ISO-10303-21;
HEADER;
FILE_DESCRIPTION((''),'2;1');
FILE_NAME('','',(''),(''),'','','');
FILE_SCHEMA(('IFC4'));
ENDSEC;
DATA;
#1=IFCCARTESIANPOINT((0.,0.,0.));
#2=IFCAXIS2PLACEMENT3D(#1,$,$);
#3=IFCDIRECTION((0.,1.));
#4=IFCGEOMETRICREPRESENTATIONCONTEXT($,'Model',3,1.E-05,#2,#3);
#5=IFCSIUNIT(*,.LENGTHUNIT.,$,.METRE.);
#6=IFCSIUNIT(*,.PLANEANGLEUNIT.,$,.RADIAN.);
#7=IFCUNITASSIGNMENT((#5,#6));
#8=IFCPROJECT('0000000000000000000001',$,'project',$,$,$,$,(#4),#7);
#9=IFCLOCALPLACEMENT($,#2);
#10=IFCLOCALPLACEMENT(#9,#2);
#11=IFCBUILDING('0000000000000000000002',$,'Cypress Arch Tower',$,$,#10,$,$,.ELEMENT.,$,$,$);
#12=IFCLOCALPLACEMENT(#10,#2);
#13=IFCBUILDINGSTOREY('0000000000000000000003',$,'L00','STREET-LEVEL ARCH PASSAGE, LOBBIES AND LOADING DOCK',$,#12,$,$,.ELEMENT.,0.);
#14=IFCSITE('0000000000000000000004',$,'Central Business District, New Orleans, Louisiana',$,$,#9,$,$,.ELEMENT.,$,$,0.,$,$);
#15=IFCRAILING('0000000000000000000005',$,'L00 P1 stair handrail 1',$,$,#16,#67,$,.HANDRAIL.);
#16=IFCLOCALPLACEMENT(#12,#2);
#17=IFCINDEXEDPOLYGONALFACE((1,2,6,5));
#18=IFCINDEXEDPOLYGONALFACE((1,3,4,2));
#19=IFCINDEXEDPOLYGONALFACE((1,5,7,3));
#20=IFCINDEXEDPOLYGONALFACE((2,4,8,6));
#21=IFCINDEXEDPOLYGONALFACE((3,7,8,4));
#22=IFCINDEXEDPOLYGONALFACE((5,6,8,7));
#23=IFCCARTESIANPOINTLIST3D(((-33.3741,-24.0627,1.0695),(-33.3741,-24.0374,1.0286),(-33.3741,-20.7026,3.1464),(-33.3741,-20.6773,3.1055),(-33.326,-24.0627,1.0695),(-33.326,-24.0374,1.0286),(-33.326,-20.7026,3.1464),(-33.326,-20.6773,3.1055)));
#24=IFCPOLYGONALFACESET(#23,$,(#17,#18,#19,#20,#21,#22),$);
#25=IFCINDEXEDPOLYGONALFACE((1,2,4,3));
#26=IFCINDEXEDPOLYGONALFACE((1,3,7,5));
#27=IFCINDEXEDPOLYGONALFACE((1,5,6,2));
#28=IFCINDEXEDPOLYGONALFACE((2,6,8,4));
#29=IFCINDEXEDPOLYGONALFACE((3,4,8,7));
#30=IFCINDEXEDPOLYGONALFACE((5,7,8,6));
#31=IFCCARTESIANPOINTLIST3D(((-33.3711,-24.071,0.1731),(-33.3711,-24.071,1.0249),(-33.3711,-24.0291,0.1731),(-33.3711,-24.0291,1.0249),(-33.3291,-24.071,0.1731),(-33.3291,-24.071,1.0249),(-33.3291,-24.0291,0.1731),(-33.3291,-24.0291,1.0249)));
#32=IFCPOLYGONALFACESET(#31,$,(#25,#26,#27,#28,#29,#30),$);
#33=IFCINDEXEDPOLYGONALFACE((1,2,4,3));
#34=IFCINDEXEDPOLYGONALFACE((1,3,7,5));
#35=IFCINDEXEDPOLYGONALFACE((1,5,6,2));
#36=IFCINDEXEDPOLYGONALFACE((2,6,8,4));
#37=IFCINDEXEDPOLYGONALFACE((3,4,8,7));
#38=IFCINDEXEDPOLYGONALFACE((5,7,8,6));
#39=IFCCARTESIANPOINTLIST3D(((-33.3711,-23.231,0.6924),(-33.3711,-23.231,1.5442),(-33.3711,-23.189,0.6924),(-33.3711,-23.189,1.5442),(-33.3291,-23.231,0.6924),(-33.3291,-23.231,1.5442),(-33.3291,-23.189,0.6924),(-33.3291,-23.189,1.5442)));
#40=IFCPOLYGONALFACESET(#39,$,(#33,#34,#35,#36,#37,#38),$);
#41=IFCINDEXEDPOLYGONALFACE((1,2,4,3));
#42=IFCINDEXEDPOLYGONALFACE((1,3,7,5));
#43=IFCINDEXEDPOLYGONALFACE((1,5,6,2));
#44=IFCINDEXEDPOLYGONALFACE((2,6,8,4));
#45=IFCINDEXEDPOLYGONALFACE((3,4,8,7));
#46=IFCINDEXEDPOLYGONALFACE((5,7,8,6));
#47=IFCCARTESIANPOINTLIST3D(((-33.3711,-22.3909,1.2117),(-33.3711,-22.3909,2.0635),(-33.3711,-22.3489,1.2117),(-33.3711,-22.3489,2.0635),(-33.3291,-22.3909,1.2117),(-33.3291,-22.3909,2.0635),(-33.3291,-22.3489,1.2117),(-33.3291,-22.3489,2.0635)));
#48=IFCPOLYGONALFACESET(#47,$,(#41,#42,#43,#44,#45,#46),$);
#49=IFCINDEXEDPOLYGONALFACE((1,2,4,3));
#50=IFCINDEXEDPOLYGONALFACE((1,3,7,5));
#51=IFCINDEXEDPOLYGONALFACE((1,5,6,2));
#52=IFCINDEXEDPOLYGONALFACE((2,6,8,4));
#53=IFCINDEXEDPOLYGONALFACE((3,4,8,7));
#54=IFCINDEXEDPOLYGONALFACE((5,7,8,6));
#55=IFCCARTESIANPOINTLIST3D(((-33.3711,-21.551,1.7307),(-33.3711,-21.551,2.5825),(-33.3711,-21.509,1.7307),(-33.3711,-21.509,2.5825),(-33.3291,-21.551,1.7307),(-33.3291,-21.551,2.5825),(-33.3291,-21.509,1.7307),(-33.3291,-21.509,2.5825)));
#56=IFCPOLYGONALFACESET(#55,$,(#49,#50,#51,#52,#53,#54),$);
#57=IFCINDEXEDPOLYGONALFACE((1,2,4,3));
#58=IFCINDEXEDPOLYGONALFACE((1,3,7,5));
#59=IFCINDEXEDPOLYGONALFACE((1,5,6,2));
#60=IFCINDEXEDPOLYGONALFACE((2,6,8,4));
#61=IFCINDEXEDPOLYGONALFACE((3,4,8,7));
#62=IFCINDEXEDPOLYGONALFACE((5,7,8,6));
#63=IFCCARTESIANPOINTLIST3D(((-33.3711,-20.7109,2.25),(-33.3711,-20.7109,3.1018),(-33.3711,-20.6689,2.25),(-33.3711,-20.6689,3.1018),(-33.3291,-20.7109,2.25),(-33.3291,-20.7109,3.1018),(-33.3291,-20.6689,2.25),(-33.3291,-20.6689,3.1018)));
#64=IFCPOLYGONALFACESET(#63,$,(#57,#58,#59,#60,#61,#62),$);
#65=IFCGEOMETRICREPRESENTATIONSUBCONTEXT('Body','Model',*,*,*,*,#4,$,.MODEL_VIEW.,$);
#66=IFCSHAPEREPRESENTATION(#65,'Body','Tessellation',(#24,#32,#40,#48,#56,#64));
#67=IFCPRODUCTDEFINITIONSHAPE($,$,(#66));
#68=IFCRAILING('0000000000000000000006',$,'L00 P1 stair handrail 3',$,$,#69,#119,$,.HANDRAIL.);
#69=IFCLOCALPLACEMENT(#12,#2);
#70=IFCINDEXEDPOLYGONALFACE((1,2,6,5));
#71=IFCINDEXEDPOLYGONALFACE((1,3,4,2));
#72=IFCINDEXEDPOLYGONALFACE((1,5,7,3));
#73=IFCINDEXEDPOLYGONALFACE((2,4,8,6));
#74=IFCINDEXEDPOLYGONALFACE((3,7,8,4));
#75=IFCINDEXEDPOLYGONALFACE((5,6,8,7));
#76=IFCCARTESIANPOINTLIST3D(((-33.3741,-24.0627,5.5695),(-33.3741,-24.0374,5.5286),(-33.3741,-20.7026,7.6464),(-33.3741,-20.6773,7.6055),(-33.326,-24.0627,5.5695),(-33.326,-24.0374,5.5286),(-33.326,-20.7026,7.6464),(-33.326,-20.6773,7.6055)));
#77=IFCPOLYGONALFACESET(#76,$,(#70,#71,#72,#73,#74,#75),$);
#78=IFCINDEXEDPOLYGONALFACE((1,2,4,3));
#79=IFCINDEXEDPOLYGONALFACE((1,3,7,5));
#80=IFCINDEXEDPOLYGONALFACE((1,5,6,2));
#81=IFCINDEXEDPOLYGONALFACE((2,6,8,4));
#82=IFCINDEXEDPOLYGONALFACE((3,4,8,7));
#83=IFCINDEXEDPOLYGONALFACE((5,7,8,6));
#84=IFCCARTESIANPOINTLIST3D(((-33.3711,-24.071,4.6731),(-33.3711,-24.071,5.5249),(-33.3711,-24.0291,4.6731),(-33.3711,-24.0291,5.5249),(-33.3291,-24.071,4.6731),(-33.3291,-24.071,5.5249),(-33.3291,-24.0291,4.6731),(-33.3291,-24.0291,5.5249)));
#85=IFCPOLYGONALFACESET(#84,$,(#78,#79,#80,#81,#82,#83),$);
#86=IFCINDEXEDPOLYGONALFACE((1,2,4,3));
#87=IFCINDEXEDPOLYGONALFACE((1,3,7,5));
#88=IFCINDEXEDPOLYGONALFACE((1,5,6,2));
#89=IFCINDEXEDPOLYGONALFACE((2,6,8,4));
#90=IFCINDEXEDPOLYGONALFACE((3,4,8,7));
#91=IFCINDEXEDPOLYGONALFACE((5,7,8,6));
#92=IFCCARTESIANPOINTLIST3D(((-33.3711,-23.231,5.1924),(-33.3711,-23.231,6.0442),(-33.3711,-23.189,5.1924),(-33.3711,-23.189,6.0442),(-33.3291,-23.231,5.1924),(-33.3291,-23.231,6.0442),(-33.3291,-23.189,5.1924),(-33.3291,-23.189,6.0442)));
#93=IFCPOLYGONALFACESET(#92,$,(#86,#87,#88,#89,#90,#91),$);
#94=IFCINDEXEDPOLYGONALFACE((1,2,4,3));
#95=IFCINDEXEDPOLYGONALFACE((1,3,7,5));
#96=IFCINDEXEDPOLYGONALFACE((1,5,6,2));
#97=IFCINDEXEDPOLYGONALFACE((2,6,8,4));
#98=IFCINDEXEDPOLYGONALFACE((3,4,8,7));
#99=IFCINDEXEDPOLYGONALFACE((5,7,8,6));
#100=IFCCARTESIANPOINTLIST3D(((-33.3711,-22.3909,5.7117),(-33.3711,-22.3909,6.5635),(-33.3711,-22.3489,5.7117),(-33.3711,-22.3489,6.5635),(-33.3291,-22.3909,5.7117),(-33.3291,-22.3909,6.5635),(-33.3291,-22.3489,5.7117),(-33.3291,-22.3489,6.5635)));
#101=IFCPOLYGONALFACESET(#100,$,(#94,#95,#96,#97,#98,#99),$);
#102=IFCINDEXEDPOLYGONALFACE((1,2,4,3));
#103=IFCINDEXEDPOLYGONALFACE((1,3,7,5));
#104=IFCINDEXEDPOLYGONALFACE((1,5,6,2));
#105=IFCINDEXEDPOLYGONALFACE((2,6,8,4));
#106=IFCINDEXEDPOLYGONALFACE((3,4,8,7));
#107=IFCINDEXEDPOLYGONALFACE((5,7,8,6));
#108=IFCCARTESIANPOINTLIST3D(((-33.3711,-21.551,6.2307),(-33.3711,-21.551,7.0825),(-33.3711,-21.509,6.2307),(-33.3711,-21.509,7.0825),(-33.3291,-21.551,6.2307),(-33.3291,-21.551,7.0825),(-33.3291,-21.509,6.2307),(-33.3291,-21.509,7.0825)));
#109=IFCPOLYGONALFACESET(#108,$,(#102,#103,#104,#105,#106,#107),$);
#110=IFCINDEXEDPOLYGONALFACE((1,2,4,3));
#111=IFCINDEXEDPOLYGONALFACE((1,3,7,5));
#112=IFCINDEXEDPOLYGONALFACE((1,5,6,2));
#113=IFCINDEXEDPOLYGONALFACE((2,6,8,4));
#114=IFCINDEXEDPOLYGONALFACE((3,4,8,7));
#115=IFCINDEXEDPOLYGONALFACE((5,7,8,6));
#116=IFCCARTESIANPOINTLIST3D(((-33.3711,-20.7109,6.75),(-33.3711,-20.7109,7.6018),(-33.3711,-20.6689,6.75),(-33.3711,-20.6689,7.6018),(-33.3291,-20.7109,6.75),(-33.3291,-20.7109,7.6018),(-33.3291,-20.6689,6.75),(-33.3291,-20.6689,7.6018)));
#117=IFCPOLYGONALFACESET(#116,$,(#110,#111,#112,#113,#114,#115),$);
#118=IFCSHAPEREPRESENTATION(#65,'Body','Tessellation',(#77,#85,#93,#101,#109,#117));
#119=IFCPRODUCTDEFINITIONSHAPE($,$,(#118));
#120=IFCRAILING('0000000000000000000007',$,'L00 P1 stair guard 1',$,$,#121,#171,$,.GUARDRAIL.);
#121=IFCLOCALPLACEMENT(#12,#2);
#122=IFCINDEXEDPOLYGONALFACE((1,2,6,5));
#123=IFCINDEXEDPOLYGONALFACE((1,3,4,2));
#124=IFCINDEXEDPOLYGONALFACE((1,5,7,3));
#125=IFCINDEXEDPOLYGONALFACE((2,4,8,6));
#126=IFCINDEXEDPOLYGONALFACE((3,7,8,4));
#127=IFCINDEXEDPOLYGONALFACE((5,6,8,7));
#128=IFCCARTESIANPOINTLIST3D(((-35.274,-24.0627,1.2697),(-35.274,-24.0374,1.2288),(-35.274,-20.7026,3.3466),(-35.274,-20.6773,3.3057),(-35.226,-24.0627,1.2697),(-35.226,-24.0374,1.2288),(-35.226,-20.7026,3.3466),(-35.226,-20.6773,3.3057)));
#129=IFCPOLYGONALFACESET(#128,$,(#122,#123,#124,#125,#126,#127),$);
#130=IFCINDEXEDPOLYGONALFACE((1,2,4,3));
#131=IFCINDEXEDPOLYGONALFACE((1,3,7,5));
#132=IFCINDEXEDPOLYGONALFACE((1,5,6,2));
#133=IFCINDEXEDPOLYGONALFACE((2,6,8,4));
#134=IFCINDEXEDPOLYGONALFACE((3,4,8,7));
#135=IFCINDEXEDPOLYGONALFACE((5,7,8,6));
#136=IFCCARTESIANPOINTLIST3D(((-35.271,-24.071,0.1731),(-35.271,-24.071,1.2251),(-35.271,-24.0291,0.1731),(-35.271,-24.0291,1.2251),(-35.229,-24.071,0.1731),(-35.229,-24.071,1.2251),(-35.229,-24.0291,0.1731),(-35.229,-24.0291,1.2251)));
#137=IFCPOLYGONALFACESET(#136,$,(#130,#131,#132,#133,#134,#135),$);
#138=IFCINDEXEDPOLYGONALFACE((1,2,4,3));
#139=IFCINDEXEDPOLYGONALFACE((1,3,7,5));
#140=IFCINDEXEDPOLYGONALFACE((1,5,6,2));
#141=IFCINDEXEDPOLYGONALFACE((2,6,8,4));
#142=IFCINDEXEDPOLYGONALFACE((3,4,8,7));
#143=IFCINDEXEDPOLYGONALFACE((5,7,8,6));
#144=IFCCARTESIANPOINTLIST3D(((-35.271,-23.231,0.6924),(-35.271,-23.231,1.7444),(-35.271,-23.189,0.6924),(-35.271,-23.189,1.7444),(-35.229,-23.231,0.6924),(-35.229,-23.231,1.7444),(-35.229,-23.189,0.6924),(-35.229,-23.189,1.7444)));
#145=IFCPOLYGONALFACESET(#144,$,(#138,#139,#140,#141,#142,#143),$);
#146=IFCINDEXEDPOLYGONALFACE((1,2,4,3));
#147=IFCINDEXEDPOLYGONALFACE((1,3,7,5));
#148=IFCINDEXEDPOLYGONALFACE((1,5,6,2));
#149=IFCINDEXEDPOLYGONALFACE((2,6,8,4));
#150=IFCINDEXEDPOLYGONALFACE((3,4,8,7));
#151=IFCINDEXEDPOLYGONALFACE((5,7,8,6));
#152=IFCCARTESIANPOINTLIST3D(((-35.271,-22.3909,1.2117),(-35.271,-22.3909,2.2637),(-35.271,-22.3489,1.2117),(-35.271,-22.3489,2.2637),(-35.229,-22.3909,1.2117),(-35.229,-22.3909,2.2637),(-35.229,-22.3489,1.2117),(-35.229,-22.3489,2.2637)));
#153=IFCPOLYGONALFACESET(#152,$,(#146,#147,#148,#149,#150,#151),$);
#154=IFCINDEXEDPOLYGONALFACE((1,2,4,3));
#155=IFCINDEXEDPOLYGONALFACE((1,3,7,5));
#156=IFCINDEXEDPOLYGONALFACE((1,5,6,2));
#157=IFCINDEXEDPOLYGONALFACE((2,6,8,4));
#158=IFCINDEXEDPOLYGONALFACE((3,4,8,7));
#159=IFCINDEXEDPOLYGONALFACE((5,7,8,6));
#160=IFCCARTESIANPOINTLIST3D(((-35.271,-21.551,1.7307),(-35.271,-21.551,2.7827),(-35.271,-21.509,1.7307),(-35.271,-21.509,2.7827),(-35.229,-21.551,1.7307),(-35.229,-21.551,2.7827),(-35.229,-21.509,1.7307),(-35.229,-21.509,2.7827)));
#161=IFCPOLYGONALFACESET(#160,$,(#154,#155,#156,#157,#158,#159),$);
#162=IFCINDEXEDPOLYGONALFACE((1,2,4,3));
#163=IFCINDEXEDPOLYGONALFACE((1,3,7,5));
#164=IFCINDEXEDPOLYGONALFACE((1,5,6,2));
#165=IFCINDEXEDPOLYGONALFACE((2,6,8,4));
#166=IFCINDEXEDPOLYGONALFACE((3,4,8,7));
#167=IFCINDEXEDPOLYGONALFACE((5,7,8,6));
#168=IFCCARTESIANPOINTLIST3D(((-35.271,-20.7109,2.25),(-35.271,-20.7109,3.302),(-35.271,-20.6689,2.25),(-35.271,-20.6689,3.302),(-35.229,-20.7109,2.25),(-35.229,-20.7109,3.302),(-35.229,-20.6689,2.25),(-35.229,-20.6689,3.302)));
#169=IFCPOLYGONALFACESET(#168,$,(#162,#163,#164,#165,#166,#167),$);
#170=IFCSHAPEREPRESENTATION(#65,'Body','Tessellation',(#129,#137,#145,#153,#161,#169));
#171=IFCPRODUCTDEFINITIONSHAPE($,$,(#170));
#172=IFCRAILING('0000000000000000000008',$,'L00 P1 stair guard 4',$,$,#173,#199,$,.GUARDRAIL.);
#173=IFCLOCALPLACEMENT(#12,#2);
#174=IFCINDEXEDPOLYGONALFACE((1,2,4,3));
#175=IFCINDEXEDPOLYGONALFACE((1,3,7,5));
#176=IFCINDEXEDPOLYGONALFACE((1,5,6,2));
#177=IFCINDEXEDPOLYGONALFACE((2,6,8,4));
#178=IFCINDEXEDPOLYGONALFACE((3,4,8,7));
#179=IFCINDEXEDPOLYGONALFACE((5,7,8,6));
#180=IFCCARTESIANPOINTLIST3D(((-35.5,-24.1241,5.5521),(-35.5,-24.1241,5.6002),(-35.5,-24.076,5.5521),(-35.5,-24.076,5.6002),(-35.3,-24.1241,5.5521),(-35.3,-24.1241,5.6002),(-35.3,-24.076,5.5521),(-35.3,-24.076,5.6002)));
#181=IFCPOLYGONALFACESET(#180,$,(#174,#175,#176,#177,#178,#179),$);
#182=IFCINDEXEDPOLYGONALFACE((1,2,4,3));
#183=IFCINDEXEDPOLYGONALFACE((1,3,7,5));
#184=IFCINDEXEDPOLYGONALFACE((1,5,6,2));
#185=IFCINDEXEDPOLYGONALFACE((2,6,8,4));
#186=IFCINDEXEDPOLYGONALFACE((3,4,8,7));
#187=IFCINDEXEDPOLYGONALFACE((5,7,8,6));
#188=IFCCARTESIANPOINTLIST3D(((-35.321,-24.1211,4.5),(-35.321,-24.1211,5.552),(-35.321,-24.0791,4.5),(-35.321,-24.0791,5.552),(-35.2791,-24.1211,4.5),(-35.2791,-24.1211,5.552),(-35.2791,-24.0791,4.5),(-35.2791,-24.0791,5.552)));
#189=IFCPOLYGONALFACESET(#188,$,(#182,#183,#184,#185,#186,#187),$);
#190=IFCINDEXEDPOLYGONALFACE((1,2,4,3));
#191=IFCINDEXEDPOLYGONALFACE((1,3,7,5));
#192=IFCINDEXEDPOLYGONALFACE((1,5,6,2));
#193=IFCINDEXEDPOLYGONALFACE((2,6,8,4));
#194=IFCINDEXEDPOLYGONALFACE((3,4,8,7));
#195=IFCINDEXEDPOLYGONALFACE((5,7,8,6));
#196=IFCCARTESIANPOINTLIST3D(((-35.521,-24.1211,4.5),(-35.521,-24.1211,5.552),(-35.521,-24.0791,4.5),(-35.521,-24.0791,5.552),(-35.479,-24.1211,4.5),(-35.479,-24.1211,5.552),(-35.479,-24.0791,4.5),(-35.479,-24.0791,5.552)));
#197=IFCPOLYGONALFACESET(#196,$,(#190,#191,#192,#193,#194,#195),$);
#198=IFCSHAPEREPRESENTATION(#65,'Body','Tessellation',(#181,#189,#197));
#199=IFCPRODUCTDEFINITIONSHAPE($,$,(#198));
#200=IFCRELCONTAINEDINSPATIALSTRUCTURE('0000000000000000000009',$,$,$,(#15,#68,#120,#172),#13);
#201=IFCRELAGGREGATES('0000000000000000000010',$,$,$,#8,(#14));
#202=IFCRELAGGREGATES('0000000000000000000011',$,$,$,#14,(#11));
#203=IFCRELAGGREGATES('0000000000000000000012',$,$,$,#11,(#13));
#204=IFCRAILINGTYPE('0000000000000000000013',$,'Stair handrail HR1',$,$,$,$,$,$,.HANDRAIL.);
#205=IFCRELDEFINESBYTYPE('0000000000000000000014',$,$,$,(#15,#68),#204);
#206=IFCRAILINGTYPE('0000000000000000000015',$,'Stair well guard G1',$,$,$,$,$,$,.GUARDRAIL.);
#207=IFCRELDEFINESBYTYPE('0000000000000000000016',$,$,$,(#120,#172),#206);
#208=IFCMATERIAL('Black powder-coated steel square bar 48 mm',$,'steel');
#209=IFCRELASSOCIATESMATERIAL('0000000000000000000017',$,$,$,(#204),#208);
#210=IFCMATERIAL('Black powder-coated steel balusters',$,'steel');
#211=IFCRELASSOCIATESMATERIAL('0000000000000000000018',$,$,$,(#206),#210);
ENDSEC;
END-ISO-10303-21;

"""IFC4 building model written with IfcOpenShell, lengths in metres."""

from ifc_helpers import new_model, si_unit, direction, frame, origin, origin_2d, place, context, subcontext, project, spatial, rectangle, extrude, material, type_object, element, save


model = new_model("IFC4")

# Units and contexts
model_context = context("Model", 3, precision=1e-05, world=origin(), true_north=direction((0.0, 1.0)))
body_context = subcontext(model_context, "Body", "Model", "MODEL_VIEW")
ifc_project = project(units=[si_unit("LENGTHUNIT", "METRE"), si_unit("PLANEANGLEUNIT", "RADIAN")], contexts=[model_context])

# Site, building, storey
site_placement = place(None, origin())
site = spatial("IfcSite", under=ifc_project, at=site_placement, Name="Central Business District, New Orleans, Louisiana", CompositionType="ELEMENT", RefElevation=0.0)
building_placement = place(site_placement, origin())
building = spatial("IfcBuilding", under=site, at=building_placement, Name="Cypress Arch Tower", CompositionType="ELEMENT")
storey_placement = place(building_placement, origin())
storey = spatial("IfcBuildingStorey", under=building, at=storey_placement, Name="L00", Description="STREET-LEVEL ARCH PASSAGE, LOBBIES AND LOADING DOCK", CompositionType="ELEMENT", Elevation=0.0)

# Railings
ifc_material_1 = material(Name="Black powder-coated steel square bar 48 mm", Category="steel")
railing_type_1 = type_object("IfcRailingType", Name="Stair handrail HR1", PredefinedType="HANDRAIL", material=ifc_material_1)
for number, where, name in (
    (1, (-33.3501, -24.05, 0.1731), "L00 P1 stair handrail 1"),
    (2, (-33.3501, -24.05, 4.6731), "L00 P1 stair handrail 3"),
):
    element("IfcRailing", number, at=place(storey_placement, frame(where)), inside=storey, type_object=railing_type_1, Name=name, PredefinedType="HANDRAIL", context=body_context, shape_type="SweptSolid", body=[
        extrude(rectangle(XDim=0.0481, YDim=0.0481, at=origin_2d()), frame((0.0, 0.0, 0.876), z_axis=(0.0, 0.850623, 0.525776), x_axis=(-1.0, 0.0, 0.0)), (0.0, 0.0, 1.0), 3.9502),
        extrude(rectangle(XDim=0.042, YDim=0.042, at=origin_2d()), origin(), (0.0, 0.0, 1.0), 0.8518),
        extrude(rectangle(XDim=0.042, YDim=0.042, at=origin_2d()), frame((0.0, 0.8401, 0.5193)), (0.0, 0.0, 1.0), 0.8518),
        extrude(rectangle(XDim=0.042, YDim=0.042, at=origin_2d()), frame((0.0, 1.6802, 1.0386)), (0.0, 0.0, 1.0), 0.8518),
        extrude(rectangle(XDim=0.042, YDim=0.042, at=origin_2d()), frame((0.0, 2.52, 1.5576)), (0.0, 0.0, 1.0), 0.8518),
        extrude(rectangle(XDim=0.042, YDim=0.042, at=origin_2d()), frame((0.0, 3.3601, 2.0769)), (0.0, 0.0, 1.0), 0.8518),
    ])
ifc_material_2 = material(Name="Black powder-coated steel balusters", Category="steel")
railing_type_2 = type_object("IfcRailingType", Name="Stair well guard G1", PredefinedType="GUARDRAIL", material=ifc_material_2)
railing_1_placement = place(storey_placement, frame((-35.25, -24.05, 0.1731)))
element("IfcRailing", 3, at=railing_1_placement, inside=storey, type_object=railing_type_2, Name="L00 P1 stair guard 1", PredefinedType="GUARDRAIL", context=body_context, shape_type="SweptSolid", body=[
    extrude(rectangle(XDim=0.0481, YDim=0.0481, at=origin_2d()), frame((0.0, 0.0, 1.0762), z_axis=(0.0, 0.850623, 0.525776), x_axis=(-1.0, 0.0, 0.0)), (0.0, 0.0, 1.0), 3.9502),
    extrude(rectangle(XDim=0.042, YDim=0.042, at=origin_2d()), origin(), (0.0, 0.0, 1.0), 1.052),
    extrude(rectangle(XDim=0.042, YDim=0.042, at=origin_2d()), frame((0.0, 0.8401, 0.5193)), (0.0, 0.0, 1.0), 1.052),
    extrude(rectangle(XDim=0.042, YDim=0.042, at=origin_2d()), frame((0.0, 1.6802, 1.0386)), (0.0, 0.0, 1.0), 1.052),
    extrude(rectangle(XDim=0.042, YDim=0.042, at=origin_2d()), frame((0.0, 2.52, 1.5576)), (0.0, 0.0, 1.0), 1.052),
    extrude(rectangle(XDim=0.042, YDim=0.042, at=origin_2d()), frame((0.0, 3.3601, 2.0769)), (0.0, 0.0, 1.0), 1.052),
])
railing_2_placement = place(storey_placement, frame((-35.3, -24.1001, 4.5)))
element("IfcRailing", 4, at=railing_2_placement, inside=storey, type_object=railing_type_2, Name="L00 P1 stair guard 4", PredefinedType="GUARDRAIL", context=body_context, shape_type="SweptSolid", body=[
    extrude(rectangle(XDim=0.0481, YDim=0.0481, at=origin_2d()), frame((0.0, 0.0, 1.0762), z_axis=(-1.0, 0.0, 0.0), x_axis=(0.0, -1.0, 0.0)), (0.0, 0.0, 1.0), 0.2),
    extrude(rectangle(XDim=0.042, YDim=0.042, at=origin_2d()), origin(), (0.0, 0.0, 1.0), 1.052),
    extrude(rectangle(XDim=0.042, YDim=0.042, at=origin_2d()), frame((-0.2, 0.0, 0.0)), (0.0, 0.0, 1.0), 1.052),
])

save(model, "model.ifc")
